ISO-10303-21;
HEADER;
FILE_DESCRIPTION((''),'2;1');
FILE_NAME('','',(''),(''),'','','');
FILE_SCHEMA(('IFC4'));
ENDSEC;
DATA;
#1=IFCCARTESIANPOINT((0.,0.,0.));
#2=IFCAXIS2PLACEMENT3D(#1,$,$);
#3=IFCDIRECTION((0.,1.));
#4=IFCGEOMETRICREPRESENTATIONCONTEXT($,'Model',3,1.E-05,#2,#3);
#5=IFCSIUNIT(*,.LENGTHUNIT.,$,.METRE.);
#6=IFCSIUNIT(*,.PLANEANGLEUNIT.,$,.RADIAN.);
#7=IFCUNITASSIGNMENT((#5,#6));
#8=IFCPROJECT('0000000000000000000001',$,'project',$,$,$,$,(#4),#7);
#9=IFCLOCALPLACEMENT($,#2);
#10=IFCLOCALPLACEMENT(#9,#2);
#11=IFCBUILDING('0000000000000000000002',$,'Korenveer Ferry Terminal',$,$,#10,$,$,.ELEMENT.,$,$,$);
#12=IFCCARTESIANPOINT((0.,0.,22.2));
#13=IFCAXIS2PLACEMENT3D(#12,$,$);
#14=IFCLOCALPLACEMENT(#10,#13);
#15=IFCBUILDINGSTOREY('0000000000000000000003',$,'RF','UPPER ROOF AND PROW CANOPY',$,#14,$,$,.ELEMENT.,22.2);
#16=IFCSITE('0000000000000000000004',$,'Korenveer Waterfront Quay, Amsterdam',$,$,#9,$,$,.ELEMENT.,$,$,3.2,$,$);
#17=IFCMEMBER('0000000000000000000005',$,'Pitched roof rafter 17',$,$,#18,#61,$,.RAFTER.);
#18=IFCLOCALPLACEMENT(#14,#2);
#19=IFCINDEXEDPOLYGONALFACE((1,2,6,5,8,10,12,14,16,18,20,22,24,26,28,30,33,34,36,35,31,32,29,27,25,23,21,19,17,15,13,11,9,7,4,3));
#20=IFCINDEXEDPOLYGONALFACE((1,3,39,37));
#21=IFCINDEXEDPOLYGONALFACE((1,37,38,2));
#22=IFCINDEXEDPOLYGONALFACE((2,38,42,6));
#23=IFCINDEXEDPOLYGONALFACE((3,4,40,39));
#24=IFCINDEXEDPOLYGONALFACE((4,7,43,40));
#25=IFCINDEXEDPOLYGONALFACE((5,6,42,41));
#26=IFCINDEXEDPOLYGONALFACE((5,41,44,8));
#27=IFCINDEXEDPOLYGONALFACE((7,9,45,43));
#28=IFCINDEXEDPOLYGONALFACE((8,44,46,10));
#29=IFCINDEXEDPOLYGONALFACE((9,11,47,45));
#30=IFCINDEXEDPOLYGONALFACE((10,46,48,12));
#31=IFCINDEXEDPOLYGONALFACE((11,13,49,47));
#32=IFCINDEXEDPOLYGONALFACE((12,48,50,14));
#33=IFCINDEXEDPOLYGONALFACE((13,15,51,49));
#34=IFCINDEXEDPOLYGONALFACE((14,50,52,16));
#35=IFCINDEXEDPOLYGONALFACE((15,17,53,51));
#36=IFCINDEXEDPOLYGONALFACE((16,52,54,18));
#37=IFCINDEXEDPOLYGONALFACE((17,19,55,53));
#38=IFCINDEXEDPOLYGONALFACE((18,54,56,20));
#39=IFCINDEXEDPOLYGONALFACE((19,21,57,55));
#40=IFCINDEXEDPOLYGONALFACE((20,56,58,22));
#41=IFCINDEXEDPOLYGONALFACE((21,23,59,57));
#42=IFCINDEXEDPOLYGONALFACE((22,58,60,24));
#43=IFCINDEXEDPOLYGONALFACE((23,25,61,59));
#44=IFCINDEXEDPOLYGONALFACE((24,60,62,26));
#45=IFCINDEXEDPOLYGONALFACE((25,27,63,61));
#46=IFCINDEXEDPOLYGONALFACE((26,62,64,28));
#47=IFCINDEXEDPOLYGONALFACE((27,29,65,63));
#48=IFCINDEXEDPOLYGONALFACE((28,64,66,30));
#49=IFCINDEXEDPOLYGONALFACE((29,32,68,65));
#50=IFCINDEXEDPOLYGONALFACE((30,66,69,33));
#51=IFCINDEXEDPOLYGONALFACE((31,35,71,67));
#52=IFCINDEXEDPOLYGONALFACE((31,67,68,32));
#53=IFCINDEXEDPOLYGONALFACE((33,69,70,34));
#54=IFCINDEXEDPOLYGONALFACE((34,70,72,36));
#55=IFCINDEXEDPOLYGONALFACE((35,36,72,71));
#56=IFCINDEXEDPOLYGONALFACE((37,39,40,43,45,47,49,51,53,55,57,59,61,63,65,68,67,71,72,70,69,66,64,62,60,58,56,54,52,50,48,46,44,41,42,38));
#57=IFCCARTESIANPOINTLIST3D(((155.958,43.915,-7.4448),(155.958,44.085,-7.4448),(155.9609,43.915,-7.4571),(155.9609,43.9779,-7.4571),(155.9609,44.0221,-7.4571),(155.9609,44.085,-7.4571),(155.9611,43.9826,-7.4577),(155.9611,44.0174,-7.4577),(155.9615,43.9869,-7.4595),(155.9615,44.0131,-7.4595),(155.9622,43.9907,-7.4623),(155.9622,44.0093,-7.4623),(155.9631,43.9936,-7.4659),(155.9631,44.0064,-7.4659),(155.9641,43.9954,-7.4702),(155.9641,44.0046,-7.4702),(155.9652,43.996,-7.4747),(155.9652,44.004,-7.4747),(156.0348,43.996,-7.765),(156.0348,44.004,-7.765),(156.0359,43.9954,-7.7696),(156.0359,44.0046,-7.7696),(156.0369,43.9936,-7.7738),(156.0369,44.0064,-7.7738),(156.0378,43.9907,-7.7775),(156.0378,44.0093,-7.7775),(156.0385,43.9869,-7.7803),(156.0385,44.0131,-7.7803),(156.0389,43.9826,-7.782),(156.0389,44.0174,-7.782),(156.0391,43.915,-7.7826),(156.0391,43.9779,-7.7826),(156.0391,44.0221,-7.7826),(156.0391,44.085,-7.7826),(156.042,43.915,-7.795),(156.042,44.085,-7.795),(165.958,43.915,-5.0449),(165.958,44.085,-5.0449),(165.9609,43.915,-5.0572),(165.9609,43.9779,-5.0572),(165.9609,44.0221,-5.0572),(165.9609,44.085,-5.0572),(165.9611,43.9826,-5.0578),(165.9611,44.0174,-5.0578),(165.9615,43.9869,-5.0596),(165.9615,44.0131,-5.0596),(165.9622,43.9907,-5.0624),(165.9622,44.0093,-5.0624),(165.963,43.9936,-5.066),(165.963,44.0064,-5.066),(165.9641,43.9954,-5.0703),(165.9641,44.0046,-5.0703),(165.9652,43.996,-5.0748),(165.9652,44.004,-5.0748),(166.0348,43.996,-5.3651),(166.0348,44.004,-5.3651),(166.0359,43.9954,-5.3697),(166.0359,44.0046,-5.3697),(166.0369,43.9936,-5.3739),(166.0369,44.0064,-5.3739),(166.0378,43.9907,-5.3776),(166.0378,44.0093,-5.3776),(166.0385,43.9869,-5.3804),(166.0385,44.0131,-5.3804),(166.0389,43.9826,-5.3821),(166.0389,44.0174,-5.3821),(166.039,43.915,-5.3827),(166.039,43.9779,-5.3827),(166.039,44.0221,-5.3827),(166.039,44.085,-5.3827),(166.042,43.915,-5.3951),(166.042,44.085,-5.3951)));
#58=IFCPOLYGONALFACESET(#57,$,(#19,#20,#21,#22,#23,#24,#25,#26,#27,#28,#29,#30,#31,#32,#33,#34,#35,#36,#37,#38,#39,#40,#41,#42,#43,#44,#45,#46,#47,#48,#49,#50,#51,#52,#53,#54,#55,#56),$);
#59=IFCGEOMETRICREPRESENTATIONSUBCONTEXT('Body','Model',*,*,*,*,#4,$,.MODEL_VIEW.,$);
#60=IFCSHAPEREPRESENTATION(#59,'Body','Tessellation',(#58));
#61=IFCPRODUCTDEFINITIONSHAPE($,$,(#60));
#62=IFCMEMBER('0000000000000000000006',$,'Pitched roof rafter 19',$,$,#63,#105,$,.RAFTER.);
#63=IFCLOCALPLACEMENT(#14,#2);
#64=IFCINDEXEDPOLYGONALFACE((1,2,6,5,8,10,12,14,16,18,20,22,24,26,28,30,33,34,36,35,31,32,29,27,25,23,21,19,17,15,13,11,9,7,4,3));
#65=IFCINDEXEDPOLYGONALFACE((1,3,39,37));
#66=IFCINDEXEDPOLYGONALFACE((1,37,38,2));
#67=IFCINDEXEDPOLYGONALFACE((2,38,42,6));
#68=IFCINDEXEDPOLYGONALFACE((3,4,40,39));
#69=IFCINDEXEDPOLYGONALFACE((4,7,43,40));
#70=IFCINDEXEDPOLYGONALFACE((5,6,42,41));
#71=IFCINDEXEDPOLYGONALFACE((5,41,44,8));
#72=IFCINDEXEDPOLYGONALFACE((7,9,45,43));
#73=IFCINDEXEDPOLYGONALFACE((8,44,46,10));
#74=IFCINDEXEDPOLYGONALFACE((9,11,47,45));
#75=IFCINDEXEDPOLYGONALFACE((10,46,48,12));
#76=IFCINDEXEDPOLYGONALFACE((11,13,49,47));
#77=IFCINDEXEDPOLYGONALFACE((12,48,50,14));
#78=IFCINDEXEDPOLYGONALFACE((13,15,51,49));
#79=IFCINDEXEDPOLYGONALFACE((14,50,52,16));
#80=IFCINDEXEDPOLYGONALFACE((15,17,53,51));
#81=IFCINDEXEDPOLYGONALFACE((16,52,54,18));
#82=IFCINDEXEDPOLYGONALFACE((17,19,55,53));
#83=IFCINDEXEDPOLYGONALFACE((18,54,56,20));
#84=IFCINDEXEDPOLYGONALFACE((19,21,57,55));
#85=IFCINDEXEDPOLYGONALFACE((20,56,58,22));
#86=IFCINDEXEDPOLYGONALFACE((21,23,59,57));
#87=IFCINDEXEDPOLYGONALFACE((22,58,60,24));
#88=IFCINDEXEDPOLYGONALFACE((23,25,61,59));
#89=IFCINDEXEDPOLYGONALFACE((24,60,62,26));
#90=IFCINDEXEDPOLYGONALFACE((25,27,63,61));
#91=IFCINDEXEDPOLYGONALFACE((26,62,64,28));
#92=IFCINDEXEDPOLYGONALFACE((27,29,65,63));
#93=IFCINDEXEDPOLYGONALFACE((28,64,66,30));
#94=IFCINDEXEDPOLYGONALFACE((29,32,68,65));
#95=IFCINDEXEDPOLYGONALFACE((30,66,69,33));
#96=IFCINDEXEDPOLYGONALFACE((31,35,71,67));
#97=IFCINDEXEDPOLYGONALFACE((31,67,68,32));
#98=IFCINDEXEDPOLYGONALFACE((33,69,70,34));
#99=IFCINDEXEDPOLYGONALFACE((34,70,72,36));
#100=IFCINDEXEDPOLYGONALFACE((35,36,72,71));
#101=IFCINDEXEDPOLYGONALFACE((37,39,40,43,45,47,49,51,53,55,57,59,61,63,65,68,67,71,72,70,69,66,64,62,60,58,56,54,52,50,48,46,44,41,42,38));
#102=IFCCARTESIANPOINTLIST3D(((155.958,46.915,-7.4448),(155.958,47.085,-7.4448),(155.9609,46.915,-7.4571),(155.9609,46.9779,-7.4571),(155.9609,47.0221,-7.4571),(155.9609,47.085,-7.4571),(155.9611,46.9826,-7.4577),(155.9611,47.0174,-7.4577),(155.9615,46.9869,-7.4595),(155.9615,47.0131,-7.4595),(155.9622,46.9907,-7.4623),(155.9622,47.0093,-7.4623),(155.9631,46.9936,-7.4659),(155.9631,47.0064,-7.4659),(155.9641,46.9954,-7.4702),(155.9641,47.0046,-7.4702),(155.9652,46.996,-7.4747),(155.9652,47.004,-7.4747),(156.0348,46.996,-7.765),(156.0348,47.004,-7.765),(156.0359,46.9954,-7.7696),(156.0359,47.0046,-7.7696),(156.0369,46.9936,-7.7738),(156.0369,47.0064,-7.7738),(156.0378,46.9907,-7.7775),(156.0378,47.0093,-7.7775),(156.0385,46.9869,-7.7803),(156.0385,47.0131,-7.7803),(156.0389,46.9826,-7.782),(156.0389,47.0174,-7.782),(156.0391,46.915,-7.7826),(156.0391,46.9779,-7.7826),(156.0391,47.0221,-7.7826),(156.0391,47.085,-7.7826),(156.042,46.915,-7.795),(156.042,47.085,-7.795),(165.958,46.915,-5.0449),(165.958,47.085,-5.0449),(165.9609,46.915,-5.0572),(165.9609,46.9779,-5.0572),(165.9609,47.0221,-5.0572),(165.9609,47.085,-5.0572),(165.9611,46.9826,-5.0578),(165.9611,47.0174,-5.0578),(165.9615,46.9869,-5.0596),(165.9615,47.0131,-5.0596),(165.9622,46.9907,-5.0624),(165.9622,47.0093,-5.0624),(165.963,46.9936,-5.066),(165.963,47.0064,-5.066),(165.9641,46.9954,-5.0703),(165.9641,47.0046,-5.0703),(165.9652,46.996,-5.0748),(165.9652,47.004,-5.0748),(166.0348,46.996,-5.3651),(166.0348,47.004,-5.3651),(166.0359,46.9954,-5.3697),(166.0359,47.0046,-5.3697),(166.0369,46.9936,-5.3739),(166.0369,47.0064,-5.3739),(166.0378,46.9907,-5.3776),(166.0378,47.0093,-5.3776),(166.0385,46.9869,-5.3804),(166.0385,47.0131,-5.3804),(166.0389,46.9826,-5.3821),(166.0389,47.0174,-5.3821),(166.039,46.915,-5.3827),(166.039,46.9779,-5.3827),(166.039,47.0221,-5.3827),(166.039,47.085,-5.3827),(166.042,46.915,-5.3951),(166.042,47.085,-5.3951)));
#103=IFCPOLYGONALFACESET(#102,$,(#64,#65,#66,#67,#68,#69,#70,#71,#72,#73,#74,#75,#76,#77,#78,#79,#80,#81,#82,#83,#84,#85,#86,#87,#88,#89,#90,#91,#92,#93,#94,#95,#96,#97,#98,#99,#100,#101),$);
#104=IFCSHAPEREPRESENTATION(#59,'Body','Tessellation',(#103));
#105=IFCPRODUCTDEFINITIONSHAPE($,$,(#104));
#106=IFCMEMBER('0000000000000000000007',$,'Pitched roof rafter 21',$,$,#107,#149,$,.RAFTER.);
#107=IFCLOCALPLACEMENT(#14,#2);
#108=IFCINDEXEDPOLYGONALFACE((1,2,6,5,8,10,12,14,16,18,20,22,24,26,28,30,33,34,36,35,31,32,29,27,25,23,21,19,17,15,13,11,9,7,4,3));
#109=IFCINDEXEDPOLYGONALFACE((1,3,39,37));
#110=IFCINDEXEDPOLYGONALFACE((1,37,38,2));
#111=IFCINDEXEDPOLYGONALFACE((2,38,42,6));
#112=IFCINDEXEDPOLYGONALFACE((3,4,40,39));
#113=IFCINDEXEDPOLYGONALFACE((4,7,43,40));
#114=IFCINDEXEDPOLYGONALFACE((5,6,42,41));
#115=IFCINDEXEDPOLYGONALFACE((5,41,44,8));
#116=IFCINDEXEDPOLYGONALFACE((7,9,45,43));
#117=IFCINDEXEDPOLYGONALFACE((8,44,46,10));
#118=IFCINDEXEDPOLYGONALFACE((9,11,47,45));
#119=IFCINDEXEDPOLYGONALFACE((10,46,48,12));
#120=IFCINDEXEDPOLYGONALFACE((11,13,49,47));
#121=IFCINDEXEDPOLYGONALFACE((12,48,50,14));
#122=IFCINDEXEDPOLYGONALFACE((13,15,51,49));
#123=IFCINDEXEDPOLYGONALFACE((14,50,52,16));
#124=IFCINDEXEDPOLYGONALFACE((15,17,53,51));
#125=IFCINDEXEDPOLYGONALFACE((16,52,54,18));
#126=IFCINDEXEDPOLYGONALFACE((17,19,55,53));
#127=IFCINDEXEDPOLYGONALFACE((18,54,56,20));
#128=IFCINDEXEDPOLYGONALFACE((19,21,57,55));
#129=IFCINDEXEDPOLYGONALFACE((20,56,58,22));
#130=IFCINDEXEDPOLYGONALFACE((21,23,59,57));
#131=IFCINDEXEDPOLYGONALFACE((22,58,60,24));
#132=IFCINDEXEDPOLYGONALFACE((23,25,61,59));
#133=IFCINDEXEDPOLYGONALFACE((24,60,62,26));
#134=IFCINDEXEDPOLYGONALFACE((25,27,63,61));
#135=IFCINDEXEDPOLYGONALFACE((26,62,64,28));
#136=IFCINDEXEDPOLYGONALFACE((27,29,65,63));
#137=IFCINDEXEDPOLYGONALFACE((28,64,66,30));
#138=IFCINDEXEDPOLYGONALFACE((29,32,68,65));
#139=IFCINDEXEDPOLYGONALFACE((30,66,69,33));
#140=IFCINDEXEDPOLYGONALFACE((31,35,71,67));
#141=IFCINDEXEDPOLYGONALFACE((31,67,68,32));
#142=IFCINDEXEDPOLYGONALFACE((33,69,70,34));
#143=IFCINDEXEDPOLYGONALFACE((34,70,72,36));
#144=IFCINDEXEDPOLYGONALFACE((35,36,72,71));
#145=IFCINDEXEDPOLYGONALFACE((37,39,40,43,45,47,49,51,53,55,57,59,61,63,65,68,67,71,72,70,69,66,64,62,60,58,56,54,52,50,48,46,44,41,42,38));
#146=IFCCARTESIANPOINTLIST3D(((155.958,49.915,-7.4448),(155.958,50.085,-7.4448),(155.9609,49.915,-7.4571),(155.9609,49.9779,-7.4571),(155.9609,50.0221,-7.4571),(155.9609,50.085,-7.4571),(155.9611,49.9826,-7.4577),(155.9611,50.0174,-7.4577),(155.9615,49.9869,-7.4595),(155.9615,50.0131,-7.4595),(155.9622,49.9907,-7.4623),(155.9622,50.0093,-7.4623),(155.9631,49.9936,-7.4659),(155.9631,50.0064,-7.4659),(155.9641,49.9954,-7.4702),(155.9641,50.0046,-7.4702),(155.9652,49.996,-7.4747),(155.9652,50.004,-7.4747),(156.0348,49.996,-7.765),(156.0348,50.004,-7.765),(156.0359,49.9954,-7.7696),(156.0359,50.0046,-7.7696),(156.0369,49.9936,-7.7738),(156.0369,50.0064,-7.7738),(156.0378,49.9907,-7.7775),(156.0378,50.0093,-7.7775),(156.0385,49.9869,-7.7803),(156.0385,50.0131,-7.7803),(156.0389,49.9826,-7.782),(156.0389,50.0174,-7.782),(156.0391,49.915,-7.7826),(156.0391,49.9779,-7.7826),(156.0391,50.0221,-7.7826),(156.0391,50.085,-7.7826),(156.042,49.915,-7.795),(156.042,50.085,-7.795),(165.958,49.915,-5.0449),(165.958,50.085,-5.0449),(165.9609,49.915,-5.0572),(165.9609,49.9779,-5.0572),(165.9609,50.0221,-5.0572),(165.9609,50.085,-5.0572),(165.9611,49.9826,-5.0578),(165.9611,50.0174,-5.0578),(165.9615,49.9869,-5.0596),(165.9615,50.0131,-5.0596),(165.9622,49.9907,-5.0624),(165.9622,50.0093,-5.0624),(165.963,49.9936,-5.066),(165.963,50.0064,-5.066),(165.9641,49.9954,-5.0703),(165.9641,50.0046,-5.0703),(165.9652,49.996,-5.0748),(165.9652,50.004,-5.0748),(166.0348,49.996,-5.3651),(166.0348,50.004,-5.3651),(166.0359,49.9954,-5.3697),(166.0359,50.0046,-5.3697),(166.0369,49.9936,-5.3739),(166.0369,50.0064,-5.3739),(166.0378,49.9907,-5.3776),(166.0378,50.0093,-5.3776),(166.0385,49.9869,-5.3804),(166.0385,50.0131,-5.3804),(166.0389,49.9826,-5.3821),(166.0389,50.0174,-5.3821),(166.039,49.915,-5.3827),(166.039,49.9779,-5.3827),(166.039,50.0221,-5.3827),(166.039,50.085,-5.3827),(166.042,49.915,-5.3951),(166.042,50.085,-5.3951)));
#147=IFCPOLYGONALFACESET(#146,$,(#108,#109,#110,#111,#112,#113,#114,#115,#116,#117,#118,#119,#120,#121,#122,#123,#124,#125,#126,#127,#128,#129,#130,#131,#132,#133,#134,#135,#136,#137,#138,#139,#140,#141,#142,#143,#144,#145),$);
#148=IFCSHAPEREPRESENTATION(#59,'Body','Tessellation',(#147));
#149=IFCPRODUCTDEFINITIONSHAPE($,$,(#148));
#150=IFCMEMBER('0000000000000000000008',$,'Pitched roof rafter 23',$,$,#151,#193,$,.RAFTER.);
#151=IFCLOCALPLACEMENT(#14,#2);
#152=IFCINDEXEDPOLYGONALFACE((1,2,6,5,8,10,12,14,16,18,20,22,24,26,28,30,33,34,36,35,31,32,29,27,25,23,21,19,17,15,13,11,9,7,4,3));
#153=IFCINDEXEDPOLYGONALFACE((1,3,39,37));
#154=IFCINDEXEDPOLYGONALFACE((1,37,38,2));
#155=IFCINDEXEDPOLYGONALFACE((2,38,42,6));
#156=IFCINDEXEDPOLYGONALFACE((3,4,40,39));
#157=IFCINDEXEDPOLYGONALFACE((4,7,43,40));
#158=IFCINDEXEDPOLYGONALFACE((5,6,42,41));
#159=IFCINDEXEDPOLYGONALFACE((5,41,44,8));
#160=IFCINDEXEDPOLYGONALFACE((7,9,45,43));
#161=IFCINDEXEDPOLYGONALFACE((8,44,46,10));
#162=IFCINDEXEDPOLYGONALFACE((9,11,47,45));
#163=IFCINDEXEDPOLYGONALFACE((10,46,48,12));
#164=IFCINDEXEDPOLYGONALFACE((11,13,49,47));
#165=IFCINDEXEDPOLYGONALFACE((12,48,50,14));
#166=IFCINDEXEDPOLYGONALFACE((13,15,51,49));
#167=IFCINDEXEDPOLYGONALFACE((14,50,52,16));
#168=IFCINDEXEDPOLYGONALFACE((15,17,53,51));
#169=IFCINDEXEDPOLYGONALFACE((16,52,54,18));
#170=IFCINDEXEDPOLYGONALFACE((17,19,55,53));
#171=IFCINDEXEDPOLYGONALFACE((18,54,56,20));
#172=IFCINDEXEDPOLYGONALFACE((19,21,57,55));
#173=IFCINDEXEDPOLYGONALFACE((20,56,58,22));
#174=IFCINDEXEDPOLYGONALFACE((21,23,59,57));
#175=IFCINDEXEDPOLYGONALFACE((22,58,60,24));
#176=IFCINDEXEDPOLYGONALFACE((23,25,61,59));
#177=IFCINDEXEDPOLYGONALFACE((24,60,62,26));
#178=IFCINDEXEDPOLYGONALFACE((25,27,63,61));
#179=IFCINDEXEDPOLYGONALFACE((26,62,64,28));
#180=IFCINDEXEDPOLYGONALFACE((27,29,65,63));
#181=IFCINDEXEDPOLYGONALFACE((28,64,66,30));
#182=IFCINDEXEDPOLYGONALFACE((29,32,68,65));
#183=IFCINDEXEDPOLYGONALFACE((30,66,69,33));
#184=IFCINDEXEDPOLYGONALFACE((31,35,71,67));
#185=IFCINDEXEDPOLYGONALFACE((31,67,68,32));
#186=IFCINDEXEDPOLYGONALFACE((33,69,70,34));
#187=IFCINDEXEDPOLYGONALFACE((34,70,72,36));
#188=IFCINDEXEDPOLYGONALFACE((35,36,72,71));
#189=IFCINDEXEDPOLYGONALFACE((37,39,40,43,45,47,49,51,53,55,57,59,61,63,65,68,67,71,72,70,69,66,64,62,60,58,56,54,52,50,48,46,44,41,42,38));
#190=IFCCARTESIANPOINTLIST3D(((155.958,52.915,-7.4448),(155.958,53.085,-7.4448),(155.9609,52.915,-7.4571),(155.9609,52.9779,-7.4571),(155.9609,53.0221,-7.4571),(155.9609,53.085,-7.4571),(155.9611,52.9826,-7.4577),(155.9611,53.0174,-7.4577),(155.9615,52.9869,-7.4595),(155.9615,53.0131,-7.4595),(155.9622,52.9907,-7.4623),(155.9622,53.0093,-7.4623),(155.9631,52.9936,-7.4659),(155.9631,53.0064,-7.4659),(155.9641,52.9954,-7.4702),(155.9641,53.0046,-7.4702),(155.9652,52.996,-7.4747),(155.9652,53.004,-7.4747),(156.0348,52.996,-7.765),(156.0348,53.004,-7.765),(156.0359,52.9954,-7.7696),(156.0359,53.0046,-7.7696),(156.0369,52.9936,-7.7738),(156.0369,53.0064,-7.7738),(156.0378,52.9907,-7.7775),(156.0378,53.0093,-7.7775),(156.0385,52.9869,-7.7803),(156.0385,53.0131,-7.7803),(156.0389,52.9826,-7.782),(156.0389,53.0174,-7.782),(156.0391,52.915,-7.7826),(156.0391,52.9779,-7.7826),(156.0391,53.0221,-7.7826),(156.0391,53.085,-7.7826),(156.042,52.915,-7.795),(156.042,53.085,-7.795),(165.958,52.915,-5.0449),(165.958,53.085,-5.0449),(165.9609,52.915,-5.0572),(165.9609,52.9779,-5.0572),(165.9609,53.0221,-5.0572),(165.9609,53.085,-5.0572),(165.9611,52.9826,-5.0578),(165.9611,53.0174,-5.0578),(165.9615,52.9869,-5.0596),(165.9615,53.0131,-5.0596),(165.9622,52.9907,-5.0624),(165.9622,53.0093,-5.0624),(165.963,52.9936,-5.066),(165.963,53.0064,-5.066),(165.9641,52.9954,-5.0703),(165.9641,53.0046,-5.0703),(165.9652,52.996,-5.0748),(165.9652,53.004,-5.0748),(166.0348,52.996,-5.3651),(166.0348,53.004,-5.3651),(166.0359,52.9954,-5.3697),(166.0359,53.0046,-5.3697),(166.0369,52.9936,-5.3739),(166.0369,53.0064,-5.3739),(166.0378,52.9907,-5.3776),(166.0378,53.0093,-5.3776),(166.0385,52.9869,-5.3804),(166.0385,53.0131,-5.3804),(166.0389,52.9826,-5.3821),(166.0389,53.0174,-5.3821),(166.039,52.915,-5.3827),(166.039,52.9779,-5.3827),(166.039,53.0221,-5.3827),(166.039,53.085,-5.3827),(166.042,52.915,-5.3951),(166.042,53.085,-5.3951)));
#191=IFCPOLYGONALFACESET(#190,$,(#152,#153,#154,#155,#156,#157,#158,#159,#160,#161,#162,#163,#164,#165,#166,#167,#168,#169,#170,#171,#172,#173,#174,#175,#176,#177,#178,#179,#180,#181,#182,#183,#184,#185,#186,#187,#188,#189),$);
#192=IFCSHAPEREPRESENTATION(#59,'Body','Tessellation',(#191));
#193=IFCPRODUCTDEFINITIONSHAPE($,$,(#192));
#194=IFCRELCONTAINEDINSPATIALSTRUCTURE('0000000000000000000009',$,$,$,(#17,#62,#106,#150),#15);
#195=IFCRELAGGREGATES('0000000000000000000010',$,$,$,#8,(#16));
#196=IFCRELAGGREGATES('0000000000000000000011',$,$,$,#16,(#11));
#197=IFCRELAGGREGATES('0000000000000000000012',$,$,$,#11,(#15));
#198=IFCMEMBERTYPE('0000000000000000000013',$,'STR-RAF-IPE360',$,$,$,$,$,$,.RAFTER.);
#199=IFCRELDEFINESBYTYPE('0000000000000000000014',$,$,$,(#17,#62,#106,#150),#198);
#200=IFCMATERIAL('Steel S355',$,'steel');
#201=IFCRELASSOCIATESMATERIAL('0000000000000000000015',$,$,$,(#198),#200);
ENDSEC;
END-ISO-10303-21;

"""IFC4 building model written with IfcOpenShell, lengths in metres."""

from ifc_helpers import new_model, si_unit, direction, frame, origin, origin_2d, place, context, subcontext, project, spatial, i_section, extrude, material, material_profile, profile_set, type_object, element, save


model = new_model("IFC4")

# Units and contexts
model_context = context("Model", 3, precision=1e-05, world=origin(), true_north=direction((0.0, 1.0)))
body_context = subcontext(model_context, "Body", "Model", "MODEL_VIEW")
ifc_project = project(units=[si_unit("LENGTHUNIT", "METRE"), si_unit("PLANEANGLEUNIT", "RADIAN")], contexts=[model_context])

# Site, building, storey
site_placement = place(None, origin())
site = spatial("IfcSite", under=ifc_project, at=site_placement, Name="Korenveer Waterfront Quay, Amsterdam", CompositionType="ELEMENT", RefElevation=3.2)
building_placement = place(site_placement, origin())
building = spatial("IfcBuilding", under=site, at=building_placement, Name="Korenveer Ferry Terminal", CompositionType="ELEMENT")
storey_placement = place(building_placement, frame((0.0, 0.0, 22.2)))
storey = spatial("IfcBuildingStorey", under=building, at=storey_placement, Name="RF", Description="UPPER ROOF AND PROW CANOPY", CompositionType="ELEMENT", Elevation=22.2)

# Shared definitions
ifc_material_1 = material(Name="Steel S355", Category="steel")

# Members
ifc_material_profile_1 = material_profile(ifc_material_1, i_section(OverallWidth=0.1699, OverallDepth=0.3601, WebThickness=0.0081, FlangeThickness=0.0127, FilletRadius=0.0181, at=origin_2d()), Name="IPE 360")
ifc_profile_set_1 = profile_set([ifc_material_profile_1], Name="Steel S355")
member_type_1 = type_object("IfcMemberType", Name="STR-RAF-IPE360", PredefinedType="RAFTER", material=ifc_profile_set_1)
for number, where, z_axis, x_axis, name in (
    (1, (156.0, 44.0, -7.6199), (0.972389, 0.0, 0.233364), (0.0, 1.0, 0.0), "Pitched roof rafter 17"),
    (2, (156.0, 47.0, -7.6199), (0.972389, 0.0, 0.233364), (0.0, 1.0, 0.0), "Pitched roof rafter 19"),
    (3, (156.0, 50.0, -7.6199), (0.972389, 0.0, 0.233364), (0.0, 1.0, 0.0), "Pitched roof rafter 21"),
    (4, (156.0, 53.0, -7.6199), (0.972389, 0.0, 0.233364), (0.0, 1.0, 0.0), "Pitched roof rafter 23"),
):
    element("IfcMember", number, at=place(storey_placement, frame(where, z_axis=z_axis, x_axis=x_axis)), inside=storey, type_object=member_type_1, Name=name, PredefinedType="RAFTER", context=body_context, shape_type="SweptSolid", body=[
        extrude(i_section(OverallWidth=0.1699, OverallDepth=0.3601, WebThickness=0.0081, FlangeThickness=0.0127, FilletRadius=0.0181, at=origin_2d()), origin(), (0.0, 0.0, 1.0), 10.2839),
    ])

save(model, "model.ifc")
